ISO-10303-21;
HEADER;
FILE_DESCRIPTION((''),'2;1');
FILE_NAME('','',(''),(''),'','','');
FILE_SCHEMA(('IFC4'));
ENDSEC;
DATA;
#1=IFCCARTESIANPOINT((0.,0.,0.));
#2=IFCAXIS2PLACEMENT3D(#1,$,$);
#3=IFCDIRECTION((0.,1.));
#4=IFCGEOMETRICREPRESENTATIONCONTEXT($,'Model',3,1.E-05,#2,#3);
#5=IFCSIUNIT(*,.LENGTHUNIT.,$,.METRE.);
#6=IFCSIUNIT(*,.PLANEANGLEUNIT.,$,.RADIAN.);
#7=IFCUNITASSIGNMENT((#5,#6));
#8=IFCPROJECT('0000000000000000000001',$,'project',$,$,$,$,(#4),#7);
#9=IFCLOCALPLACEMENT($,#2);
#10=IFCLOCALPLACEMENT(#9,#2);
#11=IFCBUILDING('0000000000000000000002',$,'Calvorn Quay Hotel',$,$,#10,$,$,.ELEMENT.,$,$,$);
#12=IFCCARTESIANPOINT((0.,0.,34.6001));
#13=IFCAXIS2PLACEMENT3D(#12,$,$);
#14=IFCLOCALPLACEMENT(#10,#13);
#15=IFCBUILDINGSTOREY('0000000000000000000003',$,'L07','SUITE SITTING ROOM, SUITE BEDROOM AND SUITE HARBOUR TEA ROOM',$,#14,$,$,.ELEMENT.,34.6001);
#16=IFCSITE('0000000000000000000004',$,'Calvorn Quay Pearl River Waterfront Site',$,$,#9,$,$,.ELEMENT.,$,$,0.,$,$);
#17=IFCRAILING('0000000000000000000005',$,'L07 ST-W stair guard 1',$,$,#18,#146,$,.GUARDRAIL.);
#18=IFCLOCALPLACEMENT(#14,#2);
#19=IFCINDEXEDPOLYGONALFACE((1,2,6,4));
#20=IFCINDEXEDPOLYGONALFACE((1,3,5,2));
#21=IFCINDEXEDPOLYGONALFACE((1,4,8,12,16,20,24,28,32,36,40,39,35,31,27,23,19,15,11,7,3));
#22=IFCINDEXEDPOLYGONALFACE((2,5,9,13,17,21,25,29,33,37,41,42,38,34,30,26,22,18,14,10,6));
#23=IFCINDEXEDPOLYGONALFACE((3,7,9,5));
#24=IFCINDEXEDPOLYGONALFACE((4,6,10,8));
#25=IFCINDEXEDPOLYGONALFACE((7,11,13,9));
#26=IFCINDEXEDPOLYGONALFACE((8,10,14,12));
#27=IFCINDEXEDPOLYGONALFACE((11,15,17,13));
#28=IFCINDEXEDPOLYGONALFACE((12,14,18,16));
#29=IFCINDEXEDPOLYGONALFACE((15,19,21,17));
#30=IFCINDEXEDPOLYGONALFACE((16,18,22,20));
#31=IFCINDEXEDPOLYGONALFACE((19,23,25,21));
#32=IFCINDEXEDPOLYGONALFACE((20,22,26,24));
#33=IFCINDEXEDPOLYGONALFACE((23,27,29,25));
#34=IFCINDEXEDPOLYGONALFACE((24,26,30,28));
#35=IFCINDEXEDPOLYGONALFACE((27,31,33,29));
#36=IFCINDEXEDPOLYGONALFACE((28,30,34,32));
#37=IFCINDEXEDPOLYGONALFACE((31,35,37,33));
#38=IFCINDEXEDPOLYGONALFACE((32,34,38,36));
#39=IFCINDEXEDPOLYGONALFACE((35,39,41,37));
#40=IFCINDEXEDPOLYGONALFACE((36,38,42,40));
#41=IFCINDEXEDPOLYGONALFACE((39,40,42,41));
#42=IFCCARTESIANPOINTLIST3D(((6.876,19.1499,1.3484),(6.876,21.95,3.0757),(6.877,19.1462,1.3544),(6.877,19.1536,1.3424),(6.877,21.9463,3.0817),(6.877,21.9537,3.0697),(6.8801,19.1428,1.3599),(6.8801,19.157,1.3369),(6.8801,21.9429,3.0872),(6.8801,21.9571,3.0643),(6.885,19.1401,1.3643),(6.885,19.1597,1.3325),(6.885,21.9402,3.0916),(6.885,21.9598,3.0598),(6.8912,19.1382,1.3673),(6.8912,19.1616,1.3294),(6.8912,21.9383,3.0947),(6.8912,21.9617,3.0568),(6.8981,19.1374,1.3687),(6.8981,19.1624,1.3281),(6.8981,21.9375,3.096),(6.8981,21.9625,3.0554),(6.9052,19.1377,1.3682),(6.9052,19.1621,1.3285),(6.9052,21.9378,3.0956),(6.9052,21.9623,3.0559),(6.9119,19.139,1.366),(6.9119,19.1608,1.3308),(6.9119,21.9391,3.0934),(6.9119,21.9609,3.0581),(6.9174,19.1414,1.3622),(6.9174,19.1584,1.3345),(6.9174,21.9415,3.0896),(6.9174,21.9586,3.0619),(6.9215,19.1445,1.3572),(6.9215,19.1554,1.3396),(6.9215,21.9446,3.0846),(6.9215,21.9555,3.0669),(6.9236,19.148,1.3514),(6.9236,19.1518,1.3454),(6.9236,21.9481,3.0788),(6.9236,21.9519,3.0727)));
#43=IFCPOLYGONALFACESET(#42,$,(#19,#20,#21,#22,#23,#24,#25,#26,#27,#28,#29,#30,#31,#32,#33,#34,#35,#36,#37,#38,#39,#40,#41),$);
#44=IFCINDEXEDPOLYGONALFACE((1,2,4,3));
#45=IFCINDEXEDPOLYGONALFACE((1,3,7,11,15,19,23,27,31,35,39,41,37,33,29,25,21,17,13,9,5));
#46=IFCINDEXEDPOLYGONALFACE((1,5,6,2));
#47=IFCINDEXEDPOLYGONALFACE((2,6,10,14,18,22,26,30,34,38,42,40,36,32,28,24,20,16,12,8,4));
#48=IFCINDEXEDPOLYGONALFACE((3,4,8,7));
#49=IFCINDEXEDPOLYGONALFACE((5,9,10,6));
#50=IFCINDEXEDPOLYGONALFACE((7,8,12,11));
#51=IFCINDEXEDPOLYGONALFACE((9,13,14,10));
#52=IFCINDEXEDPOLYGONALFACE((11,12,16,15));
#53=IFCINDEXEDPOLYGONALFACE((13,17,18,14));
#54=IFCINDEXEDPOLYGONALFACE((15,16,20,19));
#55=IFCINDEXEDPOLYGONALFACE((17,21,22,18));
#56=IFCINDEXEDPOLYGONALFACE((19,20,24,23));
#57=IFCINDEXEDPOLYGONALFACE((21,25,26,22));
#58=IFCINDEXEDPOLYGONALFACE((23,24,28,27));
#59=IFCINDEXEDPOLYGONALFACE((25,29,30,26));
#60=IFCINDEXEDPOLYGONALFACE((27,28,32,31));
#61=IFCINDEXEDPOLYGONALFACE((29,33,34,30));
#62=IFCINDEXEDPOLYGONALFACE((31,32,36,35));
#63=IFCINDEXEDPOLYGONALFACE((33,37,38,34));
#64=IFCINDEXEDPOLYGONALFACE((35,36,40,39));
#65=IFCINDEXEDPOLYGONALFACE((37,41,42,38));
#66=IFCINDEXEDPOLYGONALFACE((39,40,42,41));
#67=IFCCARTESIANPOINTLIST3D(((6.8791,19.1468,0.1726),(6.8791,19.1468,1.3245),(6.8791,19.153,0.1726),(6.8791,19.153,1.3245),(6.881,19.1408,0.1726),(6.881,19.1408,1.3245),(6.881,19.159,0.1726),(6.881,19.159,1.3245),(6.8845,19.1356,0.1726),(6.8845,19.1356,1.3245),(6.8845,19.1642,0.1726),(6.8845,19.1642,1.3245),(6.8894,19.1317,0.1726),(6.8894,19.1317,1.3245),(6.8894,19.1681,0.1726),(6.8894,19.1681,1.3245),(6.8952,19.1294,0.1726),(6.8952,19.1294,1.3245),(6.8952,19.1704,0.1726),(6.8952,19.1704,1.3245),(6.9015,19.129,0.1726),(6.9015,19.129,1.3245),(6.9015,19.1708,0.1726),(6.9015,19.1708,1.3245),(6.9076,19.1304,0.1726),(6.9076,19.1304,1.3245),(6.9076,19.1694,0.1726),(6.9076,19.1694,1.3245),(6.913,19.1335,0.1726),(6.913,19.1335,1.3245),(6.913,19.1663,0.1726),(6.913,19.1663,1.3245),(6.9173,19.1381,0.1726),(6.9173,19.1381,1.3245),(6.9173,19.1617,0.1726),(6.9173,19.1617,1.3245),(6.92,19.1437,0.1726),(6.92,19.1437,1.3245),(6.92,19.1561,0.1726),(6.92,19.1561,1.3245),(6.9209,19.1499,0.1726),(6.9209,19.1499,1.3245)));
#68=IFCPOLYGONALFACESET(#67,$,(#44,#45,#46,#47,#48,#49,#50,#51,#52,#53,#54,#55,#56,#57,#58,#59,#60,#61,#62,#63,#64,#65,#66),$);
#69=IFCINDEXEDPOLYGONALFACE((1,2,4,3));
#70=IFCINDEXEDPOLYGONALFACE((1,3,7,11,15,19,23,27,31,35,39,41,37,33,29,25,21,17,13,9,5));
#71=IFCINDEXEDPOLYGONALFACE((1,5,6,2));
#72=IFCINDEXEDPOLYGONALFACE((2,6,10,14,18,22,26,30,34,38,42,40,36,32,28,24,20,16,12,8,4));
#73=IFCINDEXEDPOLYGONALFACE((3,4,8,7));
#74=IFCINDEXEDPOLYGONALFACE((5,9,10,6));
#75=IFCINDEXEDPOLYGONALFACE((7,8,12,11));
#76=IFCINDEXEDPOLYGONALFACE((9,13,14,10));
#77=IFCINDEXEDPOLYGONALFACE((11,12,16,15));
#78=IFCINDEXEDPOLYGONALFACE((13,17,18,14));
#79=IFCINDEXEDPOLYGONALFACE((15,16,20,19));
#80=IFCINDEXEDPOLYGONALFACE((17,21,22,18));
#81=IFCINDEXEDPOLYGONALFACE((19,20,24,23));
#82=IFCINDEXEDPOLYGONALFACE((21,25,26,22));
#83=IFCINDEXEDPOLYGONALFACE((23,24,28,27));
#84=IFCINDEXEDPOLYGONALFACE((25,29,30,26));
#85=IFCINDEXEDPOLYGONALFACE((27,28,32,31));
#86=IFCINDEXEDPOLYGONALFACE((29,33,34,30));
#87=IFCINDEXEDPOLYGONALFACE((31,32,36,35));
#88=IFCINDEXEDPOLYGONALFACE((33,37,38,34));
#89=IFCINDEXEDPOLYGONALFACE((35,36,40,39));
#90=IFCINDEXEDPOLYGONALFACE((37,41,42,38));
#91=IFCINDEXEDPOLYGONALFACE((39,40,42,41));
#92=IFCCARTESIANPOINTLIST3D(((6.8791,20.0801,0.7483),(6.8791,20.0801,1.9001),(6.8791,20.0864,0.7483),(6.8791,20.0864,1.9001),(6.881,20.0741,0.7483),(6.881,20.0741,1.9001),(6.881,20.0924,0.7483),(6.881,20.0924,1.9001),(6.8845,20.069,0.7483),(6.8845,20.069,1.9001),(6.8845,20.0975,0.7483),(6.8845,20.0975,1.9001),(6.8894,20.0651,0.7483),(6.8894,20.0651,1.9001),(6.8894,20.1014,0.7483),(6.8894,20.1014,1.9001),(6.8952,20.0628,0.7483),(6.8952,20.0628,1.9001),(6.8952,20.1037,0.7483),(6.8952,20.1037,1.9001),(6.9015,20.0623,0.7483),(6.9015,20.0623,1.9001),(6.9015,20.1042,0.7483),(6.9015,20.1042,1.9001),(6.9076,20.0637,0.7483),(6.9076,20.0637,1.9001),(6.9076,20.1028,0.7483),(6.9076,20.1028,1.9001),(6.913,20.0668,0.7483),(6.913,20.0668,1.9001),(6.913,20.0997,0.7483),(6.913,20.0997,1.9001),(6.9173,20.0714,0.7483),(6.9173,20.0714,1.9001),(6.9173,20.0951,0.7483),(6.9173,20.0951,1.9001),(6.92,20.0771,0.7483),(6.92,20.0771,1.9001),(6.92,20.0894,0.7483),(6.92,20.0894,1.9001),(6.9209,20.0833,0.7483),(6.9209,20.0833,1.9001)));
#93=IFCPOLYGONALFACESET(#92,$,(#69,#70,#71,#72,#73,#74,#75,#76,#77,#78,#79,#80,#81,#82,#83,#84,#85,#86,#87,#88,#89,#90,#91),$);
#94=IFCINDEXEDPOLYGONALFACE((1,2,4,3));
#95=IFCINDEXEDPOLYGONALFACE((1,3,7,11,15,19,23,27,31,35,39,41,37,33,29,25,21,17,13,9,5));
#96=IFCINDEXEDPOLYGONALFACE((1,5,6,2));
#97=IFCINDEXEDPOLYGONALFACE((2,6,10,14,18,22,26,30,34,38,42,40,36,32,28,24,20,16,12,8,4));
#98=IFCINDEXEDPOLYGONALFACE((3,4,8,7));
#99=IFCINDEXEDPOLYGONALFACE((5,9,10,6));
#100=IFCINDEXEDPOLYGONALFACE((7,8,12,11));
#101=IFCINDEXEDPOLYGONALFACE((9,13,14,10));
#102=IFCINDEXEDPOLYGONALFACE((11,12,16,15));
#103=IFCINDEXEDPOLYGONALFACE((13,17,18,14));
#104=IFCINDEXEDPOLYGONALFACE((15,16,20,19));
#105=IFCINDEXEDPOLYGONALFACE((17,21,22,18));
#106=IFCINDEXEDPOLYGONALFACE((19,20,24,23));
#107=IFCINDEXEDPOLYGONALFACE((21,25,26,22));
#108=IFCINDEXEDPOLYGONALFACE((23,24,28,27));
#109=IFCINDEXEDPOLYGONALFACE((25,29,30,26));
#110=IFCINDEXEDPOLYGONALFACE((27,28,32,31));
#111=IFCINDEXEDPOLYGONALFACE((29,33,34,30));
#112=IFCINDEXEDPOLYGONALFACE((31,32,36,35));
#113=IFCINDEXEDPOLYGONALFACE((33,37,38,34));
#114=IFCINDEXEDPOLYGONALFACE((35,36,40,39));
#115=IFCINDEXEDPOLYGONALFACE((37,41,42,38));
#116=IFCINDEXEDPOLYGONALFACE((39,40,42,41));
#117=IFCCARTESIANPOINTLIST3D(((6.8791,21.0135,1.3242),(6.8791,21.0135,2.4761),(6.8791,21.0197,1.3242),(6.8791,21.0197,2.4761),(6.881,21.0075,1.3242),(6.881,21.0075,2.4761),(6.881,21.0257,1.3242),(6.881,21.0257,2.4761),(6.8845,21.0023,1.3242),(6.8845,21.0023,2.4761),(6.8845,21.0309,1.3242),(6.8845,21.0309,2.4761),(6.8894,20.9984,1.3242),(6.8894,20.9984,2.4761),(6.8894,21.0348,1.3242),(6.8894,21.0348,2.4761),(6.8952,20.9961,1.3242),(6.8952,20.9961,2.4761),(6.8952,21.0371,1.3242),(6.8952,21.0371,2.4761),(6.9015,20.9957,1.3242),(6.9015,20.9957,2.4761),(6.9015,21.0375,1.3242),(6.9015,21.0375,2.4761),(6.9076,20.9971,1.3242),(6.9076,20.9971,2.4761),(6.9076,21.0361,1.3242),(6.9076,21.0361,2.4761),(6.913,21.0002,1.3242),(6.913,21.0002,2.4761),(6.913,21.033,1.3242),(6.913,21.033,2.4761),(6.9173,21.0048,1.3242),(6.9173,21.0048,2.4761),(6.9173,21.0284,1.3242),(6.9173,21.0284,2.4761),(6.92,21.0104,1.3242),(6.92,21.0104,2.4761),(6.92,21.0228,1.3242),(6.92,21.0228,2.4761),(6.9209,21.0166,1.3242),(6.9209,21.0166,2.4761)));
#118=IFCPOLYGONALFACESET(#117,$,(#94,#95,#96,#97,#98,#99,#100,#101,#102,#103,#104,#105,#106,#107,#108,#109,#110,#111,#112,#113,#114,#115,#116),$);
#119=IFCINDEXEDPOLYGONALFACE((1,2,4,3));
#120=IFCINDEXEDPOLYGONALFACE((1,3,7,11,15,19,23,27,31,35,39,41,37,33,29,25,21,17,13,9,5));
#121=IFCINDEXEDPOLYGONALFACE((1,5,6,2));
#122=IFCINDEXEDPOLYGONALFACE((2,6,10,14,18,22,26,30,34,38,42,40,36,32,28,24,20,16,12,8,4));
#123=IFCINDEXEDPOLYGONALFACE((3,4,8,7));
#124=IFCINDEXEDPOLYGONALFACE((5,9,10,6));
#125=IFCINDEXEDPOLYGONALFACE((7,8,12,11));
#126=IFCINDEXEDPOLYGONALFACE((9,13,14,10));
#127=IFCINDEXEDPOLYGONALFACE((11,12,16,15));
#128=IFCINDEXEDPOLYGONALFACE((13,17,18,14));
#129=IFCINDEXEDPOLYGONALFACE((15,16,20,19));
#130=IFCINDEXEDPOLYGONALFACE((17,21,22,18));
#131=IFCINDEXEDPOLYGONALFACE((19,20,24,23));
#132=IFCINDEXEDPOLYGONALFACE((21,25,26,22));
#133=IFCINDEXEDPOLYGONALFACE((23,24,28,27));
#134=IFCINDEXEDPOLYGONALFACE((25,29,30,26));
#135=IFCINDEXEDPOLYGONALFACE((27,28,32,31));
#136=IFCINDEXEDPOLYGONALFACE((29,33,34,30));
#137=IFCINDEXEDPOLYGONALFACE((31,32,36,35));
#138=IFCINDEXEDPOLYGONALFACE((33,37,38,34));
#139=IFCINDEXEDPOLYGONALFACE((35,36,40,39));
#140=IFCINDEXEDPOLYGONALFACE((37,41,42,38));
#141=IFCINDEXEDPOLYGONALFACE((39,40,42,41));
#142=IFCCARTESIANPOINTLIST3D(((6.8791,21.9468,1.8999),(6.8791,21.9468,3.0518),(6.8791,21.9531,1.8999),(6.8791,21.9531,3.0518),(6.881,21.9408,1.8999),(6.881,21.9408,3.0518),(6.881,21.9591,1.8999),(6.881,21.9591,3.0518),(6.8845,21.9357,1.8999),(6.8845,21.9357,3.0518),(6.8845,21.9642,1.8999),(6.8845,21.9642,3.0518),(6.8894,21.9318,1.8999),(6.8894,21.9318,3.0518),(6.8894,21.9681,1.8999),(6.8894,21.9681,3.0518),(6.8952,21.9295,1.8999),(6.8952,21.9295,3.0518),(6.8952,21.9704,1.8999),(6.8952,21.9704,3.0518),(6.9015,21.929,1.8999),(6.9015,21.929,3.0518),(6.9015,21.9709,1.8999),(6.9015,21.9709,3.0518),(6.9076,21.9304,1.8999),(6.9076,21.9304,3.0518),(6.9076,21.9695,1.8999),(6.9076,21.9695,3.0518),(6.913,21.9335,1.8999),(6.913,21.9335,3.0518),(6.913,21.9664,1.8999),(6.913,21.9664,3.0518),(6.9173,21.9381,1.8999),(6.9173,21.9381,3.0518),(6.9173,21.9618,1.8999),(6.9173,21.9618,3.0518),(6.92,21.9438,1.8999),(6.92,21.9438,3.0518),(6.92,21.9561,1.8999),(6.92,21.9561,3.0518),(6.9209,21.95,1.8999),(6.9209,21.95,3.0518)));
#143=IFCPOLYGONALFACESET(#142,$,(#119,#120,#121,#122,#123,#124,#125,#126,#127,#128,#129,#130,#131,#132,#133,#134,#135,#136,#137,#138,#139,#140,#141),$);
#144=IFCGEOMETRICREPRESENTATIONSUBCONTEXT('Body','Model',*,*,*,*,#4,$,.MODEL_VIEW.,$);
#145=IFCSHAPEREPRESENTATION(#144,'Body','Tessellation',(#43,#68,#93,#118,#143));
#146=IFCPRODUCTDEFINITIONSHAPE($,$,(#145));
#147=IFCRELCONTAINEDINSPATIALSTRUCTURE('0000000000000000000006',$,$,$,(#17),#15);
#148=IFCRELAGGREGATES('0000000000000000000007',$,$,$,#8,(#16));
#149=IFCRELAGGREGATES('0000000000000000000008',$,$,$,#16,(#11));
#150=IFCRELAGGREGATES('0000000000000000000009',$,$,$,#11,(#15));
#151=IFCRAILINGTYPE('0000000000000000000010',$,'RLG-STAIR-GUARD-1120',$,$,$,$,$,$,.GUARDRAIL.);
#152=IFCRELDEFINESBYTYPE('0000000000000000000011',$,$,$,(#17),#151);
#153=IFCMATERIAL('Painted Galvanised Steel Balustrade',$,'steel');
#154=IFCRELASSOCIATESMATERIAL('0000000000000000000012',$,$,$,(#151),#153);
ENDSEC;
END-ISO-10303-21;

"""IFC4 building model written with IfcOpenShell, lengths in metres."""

from ifc_helpers import new_model, si_unit, direction, frame, origin, origin_2d, place, context, subcontext, project, spatial, circle, extrude, material, type_object, element, save


model = new_model("IFC4")

# Units and contexts
model_context = context("Model", 3, precision=1e-05, world=origin(), true_north=direction((0.0, 1.0)))
body_context = subcontext(model_context, "Body", "Model", "MODEL_VIEW")
ifc_project = project(units=[si_unit("LENGTHUNIT", "METRE"), si_unit("PLANEANGLEUNIT", "RADIAN")], contexts=[model_context])

# Site, building, storey
site_placement = place(None, origin())
site = spatial("IfcSite", under=ifc_project, at=site_placement, Name="Calvorn Quay Pearl River Waterfront Site", CompositionType="ELEMENT", RefElevation=0.0)
building_placement = place(site_placement, origin())
building = spatial("IfcBuilding", under=site, at=building_placement, Name="Calvorn Quay Hotel", CompositionType="ELEMENT")
storey_placement = place(building_placement, frame((0.0, 0.0, 34.6001)))
storey = spatial("IfcBuildingStorey", under=building, at=storey_placement, Name="L07", Description="SUITE SITTING ROOM, SUITE BEDROOM AND SUITE HARBOUR TEA ROOM", CompositionType="ELEMENT", Elevation=34.6001)

# Railing
ifc_material_1 = material(Name="Painted Galvanised Steel Balustrade", Category="steel")
railing_type_1 = type_object("IfcRailingType", Name="RLG-STAIR-GUARD-1120", PredefinedType="GUARDRAIL", material=ifc_material_1)
railing_1_placement = place(storey_placement, frame((6.8999, 19.1499, 0.1726)))
element("IfcRailing", 1, at=railing_1_placement, inside=storey, type_object=railing_type_1, Name="L07 ST-W stair guard 1", PredefinedType="GUARDRAIL", context=body_context, shape_type="SweptSolid", body=[
    extrude(circle(Radius=0.0239, at=origin_2d()), frame((0.0, 0.0, 1.1758), z_axis=(0.0, 0.85109, 0.52502), x_axis=(-1.0, 0.0, 0.0)), (0.0, 0.0, 1.0), 3.29),
    extrude(circle(Radius=0.021, at=origin_2d()), origin(), (0.0, 0.0, 1.0), 1.1519),
    extrude(circle(Radius=0.021, at=origin_2d()), frame((0.0, 0.9333, 0.5757)), (0.0, 0.0, 1.0), 1.1519),
    extrude(circle(Radius=0.021, at=origin_2d()), frame((0.0, 1.8667, 1.1516)), (0.0, 0.0, 1.0), 1.1519),
    extrude(circle(Radius=0.021, at=origin_2d()), frame((0.0, 2.8, 1.7273)), (0.0, 0.0, 1.0), 1.1519),
])

save(model, "model.ifc")
